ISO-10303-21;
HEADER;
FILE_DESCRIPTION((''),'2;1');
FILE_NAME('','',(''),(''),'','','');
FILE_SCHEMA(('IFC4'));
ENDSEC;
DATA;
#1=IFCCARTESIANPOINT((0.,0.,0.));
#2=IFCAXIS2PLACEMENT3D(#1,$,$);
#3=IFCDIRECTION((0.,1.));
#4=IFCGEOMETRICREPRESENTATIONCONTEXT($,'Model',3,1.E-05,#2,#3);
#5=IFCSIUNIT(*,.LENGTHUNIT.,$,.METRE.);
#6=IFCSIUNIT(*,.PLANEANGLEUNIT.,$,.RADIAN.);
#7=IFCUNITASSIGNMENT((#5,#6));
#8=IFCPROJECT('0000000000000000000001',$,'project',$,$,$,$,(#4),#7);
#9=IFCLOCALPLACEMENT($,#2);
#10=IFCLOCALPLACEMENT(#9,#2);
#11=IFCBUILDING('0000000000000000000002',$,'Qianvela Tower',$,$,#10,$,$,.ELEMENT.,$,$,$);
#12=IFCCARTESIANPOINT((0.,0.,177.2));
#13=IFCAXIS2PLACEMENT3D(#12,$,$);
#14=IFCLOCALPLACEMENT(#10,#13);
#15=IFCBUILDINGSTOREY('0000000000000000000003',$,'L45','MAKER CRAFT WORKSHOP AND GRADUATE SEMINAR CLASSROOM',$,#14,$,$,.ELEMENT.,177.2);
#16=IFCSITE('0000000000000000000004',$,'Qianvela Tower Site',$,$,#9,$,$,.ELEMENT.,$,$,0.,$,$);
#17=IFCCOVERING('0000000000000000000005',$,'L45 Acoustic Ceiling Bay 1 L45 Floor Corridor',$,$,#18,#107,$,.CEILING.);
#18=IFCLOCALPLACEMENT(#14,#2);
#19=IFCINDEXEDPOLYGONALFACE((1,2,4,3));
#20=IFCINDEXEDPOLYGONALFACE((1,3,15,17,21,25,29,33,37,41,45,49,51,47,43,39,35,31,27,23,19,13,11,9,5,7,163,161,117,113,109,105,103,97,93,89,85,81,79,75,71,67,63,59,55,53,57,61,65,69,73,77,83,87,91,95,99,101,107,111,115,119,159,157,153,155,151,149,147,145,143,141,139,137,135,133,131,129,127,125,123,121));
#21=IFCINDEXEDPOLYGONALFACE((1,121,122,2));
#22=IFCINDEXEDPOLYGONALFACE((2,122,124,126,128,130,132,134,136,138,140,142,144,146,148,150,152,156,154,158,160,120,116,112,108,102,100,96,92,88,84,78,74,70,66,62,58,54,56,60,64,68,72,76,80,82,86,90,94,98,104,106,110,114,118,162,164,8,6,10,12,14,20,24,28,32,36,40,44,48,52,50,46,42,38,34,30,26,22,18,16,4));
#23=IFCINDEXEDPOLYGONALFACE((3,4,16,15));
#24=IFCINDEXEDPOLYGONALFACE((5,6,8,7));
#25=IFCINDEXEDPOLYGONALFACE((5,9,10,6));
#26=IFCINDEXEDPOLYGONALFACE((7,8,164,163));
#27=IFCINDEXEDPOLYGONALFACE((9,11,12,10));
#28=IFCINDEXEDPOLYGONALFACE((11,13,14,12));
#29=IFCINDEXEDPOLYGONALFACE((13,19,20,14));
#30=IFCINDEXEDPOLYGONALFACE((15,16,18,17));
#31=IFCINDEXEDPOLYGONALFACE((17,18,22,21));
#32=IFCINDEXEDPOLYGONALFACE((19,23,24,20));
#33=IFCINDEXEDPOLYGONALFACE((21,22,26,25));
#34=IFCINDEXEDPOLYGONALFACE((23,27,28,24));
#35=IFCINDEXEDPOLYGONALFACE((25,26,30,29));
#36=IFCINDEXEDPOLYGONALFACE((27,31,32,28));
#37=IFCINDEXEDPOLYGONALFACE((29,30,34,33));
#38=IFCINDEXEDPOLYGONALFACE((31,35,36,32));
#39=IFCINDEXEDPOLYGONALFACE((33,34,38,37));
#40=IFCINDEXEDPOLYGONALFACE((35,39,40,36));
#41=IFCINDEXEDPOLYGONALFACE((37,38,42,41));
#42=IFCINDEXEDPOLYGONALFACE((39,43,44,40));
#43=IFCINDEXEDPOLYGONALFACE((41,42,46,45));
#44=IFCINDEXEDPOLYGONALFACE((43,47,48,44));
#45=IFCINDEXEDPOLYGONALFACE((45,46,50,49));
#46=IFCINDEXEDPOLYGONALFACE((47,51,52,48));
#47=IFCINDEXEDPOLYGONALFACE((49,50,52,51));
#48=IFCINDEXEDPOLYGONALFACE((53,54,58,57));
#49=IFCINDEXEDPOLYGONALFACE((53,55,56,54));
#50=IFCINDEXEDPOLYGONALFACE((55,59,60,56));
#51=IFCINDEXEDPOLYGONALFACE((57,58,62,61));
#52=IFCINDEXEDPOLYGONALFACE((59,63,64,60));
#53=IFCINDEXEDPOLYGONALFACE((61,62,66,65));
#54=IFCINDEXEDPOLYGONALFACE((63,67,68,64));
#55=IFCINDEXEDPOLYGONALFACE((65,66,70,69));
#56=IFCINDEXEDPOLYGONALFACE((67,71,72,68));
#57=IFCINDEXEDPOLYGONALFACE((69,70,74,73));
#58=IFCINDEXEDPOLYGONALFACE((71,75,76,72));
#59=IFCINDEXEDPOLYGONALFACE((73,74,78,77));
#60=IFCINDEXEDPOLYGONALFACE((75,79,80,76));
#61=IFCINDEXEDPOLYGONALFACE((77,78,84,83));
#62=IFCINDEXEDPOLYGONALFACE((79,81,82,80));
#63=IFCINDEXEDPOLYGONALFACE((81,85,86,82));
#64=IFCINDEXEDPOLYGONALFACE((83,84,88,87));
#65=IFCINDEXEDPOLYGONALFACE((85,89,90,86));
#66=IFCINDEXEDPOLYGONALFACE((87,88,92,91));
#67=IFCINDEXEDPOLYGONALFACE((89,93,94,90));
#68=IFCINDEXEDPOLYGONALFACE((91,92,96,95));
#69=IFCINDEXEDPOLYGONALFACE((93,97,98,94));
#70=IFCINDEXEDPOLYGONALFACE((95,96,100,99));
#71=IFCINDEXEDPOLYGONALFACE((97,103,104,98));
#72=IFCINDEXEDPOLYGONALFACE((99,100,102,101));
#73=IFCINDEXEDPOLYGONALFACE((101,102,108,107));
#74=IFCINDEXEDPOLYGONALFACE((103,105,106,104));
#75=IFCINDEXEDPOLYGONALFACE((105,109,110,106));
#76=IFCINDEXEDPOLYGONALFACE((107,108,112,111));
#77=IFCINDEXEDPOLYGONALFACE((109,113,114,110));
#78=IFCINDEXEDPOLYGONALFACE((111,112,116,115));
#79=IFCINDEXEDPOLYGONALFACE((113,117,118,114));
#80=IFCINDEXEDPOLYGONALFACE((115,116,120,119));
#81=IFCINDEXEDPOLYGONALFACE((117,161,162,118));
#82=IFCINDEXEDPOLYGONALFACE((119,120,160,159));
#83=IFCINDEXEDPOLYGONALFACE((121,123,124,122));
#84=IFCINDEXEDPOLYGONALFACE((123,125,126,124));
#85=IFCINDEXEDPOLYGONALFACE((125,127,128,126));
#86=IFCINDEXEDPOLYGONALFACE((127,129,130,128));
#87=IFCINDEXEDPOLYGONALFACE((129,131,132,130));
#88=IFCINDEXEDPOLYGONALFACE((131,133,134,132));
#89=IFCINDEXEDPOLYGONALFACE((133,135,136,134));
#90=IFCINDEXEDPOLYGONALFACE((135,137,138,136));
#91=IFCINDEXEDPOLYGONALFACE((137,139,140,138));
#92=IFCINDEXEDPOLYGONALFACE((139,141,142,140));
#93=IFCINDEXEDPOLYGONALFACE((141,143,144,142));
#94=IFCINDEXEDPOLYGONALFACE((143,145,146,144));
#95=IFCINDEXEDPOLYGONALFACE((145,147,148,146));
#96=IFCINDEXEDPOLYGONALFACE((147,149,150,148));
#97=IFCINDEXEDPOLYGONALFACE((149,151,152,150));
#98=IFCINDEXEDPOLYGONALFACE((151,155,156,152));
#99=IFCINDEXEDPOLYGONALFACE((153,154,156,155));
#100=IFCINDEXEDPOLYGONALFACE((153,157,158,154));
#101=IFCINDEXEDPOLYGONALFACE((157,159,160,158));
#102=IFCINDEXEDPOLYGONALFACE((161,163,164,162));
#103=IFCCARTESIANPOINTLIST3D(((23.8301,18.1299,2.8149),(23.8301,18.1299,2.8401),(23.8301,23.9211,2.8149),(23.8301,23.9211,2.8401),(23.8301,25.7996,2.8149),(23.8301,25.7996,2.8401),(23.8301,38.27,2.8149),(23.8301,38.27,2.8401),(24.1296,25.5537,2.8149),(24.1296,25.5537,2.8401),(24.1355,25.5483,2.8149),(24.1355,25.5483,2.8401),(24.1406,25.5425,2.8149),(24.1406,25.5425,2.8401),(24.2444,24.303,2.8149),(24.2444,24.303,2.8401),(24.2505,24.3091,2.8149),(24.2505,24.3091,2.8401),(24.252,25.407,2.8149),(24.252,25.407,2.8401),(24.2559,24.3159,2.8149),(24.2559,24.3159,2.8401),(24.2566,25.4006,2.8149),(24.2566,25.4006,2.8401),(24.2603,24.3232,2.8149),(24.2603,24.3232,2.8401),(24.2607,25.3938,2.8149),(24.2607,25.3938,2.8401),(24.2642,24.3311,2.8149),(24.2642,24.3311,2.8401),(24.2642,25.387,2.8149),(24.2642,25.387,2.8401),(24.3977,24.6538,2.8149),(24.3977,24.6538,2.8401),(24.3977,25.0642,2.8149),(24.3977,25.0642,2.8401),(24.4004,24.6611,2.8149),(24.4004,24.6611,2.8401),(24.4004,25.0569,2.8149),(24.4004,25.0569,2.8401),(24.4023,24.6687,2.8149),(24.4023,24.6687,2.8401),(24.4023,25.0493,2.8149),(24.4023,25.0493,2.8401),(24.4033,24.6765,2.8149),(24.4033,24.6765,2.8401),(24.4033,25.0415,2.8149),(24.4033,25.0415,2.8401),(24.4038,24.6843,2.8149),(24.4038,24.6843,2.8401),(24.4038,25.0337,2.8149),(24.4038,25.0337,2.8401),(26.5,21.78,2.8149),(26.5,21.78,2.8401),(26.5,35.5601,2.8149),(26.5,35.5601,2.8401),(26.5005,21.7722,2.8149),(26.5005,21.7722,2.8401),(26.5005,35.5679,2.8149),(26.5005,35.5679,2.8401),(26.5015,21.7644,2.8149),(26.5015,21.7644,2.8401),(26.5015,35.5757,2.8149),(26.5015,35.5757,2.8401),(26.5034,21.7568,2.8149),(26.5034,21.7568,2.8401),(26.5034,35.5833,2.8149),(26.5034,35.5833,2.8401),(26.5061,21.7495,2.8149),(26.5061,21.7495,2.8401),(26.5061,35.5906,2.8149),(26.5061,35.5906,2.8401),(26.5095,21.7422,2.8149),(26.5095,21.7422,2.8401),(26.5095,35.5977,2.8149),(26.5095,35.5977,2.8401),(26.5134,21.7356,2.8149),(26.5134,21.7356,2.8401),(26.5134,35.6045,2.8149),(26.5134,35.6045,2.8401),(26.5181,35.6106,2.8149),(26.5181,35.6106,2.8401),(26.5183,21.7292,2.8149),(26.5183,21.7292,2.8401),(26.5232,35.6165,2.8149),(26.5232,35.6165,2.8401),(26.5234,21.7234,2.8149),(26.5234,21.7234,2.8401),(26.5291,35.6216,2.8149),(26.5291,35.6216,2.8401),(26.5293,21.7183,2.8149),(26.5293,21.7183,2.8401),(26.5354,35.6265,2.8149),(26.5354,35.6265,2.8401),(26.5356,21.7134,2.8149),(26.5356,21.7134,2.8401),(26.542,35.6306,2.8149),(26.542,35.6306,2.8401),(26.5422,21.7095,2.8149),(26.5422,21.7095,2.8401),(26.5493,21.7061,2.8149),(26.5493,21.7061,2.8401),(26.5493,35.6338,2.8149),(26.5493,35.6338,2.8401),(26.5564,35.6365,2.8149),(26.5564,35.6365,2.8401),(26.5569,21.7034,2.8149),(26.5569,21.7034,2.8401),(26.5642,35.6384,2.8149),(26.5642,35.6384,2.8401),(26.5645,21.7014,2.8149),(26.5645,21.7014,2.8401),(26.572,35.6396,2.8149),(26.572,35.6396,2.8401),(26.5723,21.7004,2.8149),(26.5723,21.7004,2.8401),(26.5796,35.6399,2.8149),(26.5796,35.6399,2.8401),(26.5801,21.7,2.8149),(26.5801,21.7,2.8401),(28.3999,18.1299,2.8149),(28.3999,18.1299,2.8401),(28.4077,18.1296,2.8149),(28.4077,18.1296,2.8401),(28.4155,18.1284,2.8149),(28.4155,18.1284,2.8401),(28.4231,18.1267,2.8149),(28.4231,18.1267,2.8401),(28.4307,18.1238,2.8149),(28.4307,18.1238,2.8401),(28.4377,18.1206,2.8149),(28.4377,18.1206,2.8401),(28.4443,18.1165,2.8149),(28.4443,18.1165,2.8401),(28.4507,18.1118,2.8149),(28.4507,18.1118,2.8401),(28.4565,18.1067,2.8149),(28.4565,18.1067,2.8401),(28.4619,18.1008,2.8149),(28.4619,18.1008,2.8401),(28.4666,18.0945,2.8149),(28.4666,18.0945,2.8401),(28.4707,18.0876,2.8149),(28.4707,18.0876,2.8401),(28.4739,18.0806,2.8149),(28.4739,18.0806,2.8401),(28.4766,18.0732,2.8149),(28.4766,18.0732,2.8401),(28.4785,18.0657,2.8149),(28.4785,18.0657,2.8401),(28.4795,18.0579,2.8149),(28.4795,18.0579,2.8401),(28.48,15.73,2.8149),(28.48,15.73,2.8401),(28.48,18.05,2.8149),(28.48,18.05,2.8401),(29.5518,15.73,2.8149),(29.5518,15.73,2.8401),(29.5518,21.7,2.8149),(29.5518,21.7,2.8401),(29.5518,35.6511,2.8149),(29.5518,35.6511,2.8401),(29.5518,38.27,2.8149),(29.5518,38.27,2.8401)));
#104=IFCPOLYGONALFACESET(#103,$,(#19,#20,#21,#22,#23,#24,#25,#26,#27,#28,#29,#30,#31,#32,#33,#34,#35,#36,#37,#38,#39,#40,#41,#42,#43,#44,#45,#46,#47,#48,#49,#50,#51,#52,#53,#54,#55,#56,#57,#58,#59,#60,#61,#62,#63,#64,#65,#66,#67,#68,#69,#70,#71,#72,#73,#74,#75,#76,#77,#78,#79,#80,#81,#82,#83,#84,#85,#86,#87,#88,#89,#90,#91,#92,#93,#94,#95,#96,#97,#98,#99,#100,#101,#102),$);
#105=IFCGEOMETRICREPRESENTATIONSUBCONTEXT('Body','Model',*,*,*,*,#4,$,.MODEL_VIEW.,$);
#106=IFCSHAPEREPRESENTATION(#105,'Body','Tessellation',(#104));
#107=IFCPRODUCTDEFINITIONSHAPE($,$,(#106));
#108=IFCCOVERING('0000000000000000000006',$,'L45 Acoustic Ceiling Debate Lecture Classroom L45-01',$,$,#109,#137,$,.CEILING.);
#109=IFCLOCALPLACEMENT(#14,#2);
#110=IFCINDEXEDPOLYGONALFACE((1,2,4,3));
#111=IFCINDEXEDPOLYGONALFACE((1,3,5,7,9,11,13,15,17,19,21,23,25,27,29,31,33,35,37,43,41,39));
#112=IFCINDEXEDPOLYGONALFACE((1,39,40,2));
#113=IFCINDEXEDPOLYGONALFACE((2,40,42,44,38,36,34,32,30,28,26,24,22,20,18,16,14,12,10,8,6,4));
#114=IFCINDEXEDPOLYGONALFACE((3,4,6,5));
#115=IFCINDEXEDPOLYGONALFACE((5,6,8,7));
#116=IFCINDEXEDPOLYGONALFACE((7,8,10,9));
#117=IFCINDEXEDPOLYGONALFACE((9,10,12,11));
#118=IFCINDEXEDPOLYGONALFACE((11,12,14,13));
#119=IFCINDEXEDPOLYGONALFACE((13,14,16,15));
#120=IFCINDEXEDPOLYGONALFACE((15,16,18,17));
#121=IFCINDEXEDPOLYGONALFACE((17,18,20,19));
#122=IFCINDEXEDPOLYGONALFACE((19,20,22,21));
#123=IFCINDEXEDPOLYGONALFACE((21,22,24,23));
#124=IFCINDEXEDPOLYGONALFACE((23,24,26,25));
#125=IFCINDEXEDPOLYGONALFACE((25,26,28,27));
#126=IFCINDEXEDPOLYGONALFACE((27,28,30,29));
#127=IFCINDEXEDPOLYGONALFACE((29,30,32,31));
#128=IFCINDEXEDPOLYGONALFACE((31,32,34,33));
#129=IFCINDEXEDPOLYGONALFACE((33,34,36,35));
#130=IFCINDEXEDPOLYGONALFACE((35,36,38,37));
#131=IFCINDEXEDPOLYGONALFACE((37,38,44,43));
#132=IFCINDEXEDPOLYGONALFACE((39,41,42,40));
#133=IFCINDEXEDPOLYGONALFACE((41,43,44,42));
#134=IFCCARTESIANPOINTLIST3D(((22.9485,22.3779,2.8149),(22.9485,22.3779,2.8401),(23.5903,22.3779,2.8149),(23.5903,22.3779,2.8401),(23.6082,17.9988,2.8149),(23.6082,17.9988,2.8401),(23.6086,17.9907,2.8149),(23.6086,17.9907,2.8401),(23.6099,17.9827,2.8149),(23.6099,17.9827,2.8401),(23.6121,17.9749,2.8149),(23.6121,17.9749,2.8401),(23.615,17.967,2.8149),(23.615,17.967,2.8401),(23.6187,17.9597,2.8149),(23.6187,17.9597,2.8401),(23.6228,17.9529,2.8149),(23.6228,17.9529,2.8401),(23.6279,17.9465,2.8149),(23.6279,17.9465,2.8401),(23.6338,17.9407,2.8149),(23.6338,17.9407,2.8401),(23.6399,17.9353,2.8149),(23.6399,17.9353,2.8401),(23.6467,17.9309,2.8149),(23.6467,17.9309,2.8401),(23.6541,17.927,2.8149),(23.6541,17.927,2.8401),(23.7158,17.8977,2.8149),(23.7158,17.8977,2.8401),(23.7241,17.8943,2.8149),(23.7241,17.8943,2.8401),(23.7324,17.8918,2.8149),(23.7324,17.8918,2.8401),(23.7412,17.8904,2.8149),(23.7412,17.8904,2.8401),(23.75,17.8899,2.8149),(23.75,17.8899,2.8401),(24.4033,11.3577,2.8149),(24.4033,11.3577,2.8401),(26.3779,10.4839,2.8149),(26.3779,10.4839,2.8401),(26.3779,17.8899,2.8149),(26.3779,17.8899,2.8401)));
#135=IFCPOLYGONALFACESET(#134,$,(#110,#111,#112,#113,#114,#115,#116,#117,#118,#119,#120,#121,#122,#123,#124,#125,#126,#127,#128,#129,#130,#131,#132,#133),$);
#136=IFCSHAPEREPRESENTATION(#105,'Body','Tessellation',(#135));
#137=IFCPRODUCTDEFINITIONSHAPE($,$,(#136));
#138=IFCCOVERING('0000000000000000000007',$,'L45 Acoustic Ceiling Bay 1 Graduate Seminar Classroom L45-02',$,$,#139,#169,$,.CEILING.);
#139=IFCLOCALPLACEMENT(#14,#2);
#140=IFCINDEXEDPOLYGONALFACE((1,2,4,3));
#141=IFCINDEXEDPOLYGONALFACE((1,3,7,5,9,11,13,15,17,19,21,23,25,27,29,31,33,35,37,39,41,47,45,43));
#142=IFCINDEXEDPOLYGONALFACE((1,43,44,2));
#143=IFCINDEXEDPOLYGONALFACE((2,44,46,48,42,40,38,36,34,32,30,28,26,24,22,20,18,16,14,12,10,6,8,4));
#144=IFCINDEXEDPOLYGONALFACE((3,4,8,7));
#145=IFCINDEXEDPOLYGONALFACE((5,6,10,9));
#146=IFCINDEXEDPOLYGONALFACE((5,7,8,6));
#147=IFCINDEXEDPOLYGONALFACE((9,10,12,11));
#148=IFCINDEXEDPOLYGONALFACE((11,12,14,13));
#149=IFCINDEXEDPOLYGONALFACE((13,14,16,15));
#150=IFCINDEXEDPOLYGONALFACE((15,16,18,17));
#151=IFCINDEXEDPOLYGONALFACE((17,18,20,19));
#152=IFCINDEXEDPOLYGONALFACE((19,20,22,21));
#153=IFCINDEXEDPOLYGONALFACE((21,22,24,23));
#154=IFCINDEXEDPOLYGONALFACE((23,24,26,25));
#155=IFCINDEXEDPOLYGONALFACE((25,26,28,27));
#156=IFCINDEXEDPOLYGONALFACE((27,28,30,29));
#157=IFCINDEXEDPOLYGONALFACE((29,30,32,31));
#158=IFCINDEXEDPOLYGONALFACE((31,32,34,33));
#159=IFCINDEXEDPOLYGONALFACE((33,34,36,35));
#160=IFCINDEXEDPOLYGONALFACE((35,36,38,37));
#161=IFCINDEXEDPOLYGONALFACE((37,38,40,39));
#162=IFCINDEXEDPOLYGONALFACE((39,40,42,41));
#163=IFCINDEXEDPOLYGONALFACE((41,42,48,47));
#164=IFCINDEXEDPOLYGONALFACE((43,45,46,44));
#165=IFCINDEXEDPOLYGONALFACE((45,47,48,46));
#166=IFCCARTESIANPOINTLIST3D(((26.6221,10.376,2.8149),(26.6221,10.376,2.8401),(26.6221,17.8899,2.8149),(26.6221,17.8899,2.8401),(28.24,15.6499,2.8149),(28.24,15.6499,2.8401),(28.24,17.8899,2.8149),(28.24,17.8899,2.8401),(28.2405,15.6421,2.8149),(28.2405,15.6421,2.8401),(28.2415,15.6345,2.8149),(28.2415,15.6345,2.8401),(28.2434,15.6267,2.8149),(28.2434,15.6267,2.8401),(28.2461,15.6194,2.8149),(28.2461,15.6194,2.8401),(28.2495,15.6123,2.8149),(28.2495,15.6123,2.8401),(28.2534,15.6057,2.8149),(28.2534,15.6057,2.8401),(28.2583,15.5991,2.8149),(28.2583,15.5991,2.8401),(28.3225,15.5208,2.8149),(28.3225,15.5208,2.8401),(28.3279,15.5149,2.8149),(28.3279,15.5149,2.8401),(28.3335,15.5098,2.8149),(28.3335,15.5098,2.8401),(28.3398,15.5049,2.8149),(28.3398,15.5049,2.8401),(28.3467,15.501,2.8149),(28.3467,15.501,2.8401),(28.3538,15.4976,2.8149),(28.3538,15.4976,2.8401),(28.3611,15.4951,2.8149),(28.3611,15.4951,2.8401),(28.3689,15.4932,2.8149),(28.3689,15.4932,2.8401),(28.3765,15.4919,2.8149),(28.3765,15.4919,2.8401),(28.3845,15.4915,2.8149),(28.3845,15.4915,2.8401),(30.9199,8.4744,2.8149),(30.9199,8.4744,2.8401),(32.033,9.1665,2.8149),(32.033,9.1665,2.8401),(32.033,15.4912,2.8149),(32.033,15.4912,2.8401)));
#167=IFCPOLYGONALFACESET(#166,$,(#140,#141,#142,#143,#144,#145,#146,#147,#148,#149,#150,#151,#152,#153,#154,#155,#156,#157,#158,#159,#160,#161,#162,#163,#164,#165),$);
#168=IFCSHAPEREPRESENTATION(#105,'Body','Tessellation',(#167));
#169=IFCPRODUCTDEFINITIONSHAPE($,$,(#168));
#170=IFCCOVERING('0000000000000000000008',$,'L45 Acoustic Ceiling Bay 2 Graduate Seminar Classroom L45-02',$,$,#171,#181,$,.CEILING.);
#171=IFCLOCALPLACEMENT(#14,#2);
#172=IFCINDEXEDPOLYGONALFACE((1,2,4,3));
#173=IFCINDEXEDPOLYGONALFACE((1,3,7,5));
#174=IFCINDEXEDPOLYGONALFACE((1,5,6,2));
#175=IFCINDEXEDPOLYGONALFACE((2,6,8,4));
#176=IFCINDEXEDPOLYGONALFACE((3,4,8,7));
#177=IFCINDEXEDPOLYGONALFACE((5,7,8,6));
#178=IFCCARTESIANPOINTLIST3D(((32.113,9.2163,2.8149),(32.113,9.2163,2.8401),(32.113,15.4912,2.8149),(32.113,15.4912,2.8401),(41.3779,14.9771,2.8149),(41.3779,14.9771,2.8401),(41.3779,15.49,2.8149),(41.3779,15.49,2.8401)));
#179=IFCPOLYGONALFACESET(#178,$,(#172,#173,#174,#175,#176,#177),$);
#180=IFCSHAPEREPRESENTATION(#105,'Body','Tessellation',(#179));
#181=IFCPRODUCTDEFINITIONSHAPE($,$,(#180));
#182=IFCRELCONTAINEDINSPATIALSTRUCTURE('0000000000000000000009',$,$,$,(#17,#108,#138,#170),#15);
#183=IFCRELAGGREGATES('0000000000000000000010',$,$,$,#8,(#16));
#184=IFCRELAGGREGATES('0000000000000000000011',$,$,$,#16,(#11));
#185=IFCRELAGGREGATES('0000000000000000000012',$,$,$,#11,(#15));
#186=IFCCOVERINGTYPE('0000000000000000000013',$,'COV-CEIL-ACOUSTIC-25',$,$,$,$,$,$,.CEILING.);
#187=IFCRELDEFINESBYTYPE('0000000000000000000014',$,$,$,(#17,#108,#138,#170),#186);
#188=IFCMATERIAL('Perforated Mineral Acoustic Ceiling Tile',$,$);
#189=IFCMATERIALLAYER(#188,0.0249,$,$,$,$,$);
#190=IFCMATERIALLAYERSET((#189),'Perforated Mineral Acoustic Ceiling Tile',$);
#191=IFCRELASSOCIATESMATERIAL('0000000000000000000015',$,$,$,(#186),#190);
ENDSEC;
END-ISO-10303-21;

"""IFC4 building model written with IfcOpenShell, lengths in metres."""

from ifc_helpers import new_model, si_unit, direction, frame, origin, place, context, subcontext, project, spatial, polyline, outline, extrude, material, layer, layer_set, type_object, element, save


model = new_model("IFC4")

# Units and contexts
model_context = context("Model", 3, precision=1e-05, world=origin(), true_north=direction((0.0, 1.0)))
body_context = subcontext(model_context, "Body", "Model", "MODEL_VIEW")
ifc_project = project(units=[si_unit("LENGTHUNIT", "METRE"), si_unit("PLANEANGLEUNIT", "RADIAN")], contexts=[model_context])

# Site, building, storey
site_placement = place(None, origin())
site = spatial("IfcSite", under=ifc_project, at=site_placement, Name="Qianvela Tower Site", CompositionType="ELEMENT", RefElevation=0.0)
building_placement = place(site_placement, origin())
building = spatial("IfcBuilding", under=site, at=building_placement, Name="Qianvela Tower", CompositionType="ELEMENT")
storey_placement = place(building_placement, frame((0.0, 0.0, 177.2)))
storey = spatial("IfcBuildingStorey", under=building, at=storey_placement, Name="L45", Description="MAKER CRAFT WORKSHOP AND GRADUATE SEMINAR CLASSROOM", CompositionType="ELEMENT", Elevation=177.2)

# Coverings
ifc_material_1 = material(Name="Perforated Mineral Acoustic Ceiling Tile")
ifc_layer_1 = layer(ifc_material_1, 0.0249)
ifc_layer_set_1 = layer_set([ifc_layer_1], Name="Perforated Mineral Acoustic Ceiling Tile")
covering_type_1 = type_object("IfcCoveringType", Name="COV-CEIL-ACOUSTIC-25", PredefinedType="CEILING", material=ifc_layer_set_1)
covering_1_placement = place(storey_placement, frame((0.0, 0.0, 2.8149)))
element("IfcCovering", 1, at=covering_1_placement, inside=storey, type_object=covering_type_1, Name="L45 Acoustic Ceiling Bay 1 L45 Floor Corridor", PredefinedType="CEILING", context=body_context, shape_type="SweptSolid", body=[
    extrude(outline(polyline([(24.4033, 25.0415), (24.4023, 25.0493), (24.4004, 25.0569), (24.3977, 25.0642), (24.2642, 25.387), (24.2607, 25.3938), (24.2566, 25.4006), (24.252, 25.407), (24.1406, 25.5425), (24.1355, 25.5483), (24.1296, 25.5537), (23.8301, 25.7996), (23.8301, 38.27), (29.5518, 38.27), (29.5518, 35.6511), (26.5796, 35.6399), (26.572, 35.6396), (26.5642, 35.6384), (26.5564, 35.6365), (26.5493, 35.6338), (26.542, 35.6306), (26.5354, 35.6265), (26.5291, 35.6216), (26.5232, 35.6165), (26.5181, 35.6106), (26.5134, 35.6045), (26.5095, 35.5977), (26.5061, 35.5906), (26.5034, 35.5833), (26.5015, 35.5757), (26.5005, 35.5679), (26.5, 35.5601), (26.5, 21.78), (26.5005, 21.7722), (26.5015, 21.7644), (26.5034, 21.7568), (26.5061, 21.7495), (26.5095, 21.7422), (26.5134, 21.7356), (26.5183, 21.7292), (26.5234, 21.7234), (26.5293, 21.7183), (26.5356, 21.7134), (26.5422, 21.7095), (26.5493, 21.7061), (26.5569, 21.7034), (26.5645, 21.7014), (26.5723, 21.7004), (26.5801, 21.7), (29.5518, 21.7), (29.5518, 15.73), (28.48, 15.73), (28.48, 18.05), (28.4795, 18.0579), (28.4785, 18.0657), (28.4766, 18.0732), (28.4739, 18.0806), (28.4707, 18.0876), (28.4666, 18.0945), (28.4619, 18.1008), (28.4565, 18.1067), (28.4507, 18.1118), (28.4443, 18.1165), (28.4377, 18.1206), (28.4307, 18.1238), (28.4231, 18.1267), (28.4155, 18.1284), (28.4077, 18.1296), (28.3999, 18.1299), (23.8301, 18.1299), (23.8301, 23.9211), (24.2444, 24.303), (24.2505, 24.3091), (24.2559, 24.3159), (24.2603, 24.3232), (24.2642, 24.3311), (24.3977, 24.6538), (24.4004, 24.6611), (24.4023, 24.6687), (24.4033, 24.6765), (24.4038, 24.6843), (24.4038, 25.0337), (24.4033, 25.0415)])), origin(), (0.0, 0.0, 1.0), 0.0251),
])
covering_2_placement = place(storey_placement, frame((0.0, 0.0, 2.8149)))
element("IfcCovering", 2, at=covering_2_placement, inside=storey, type_object=covering_type_1, Name="L45 Acoustic Ceiling Debate Lecture Classroom L45-01", PredefinedType="CEILING", context=body_context, shape_type="SweptSolid", body=[
    extrude(outline(polyline([(22.9485, 22.3779), (23.5903, 22.3779), (23.6082, 17.9988), (23.6086, 17.9907), (23.6099, 17.9827), (23.6121, 17.9749), (23.615, 17.967), (23.6187, 17.9597), (23.6228, 17.9529), (23.6279, 17.9465), (23.6338, 17.9407), (23.6399, 17.9353), (23.6467, 17.9309), (23.6541, 17.927), (23.7158, 17.8977), (23.7241, 17.8943), (23.7324, 17.8918), (23.7412, 17.8904), (23.75, 17.8899), (26.3779, 17.8899), (26.3779, 10.4839), (24.4033, 11.3577), (22.9485, 22.3779)])), origin(), (0.0, 0.0, 1.0), 0.0251),
])
covering_3_placement = place(storey_placement, frame((0.0, 0.0, 2.8149)))
element("IfcCovering", 3, at=covering_3_placement, inside=storey, type_object=covering_type_1, Name="L45 Acoustic Ceiling Bay 1 Graduate Seminar Classroom L45-02", PredefinedType="CEILING", context=body_context, shape_type="SweptSolid", body=[
    extrude(outline(polyline([(28.24, 17.8899), (28.24, 15.6499), (28.2405, 15.6421), (28.2415, 15.6345), (28.2434, 15.6267), (28.2461, 15.6194), (28.2495, 15.6123), (28.2534, 15.6057), (28.2583, 15.5991), (28.3225, 15.5208), (28.3279, 15.5149), (28.3335, 15.5098), (28.3398, 15.5049), (28.3467, 15.501), (28.3538, 15.4976), (28.3611, 15.4951), (28.3689, 15.4932), (28.3765, 15.4919), (28.3845, 15.4915), (32.033, 15.4912), (32.033, 9.1665), (30.9199, 8.4744), (26.6221, 10.376), (26.6221, 17.8899), (28.24, 17.8899)])), origin(), (0.0, 0.0, 1.0), 0.0251),
])
covering_4_placement = place(storey_placement, frame((0.0, 0.0, 2.8149)))
element("IfcCovering", 4, at=covering_4_placement, inside=storey, type_object=covering_type_1, Name="L45 Acoustic Ceiling Bay 2 Graduate Seminar Classroom L45-02", PredefinedType="CEILING", context=body_context, shape_type="SweptSolid", body=[
    extrude(outline(polyline([(41.3779, 15.49), (41.3779, 14.9771), (32.113, 9.2163), (32.113, 15.4912), (41.3779, 15.49)])), origin(), (0.0, 0.0, 1.0), 0.0251),
])

save(model, "model.ifc")
